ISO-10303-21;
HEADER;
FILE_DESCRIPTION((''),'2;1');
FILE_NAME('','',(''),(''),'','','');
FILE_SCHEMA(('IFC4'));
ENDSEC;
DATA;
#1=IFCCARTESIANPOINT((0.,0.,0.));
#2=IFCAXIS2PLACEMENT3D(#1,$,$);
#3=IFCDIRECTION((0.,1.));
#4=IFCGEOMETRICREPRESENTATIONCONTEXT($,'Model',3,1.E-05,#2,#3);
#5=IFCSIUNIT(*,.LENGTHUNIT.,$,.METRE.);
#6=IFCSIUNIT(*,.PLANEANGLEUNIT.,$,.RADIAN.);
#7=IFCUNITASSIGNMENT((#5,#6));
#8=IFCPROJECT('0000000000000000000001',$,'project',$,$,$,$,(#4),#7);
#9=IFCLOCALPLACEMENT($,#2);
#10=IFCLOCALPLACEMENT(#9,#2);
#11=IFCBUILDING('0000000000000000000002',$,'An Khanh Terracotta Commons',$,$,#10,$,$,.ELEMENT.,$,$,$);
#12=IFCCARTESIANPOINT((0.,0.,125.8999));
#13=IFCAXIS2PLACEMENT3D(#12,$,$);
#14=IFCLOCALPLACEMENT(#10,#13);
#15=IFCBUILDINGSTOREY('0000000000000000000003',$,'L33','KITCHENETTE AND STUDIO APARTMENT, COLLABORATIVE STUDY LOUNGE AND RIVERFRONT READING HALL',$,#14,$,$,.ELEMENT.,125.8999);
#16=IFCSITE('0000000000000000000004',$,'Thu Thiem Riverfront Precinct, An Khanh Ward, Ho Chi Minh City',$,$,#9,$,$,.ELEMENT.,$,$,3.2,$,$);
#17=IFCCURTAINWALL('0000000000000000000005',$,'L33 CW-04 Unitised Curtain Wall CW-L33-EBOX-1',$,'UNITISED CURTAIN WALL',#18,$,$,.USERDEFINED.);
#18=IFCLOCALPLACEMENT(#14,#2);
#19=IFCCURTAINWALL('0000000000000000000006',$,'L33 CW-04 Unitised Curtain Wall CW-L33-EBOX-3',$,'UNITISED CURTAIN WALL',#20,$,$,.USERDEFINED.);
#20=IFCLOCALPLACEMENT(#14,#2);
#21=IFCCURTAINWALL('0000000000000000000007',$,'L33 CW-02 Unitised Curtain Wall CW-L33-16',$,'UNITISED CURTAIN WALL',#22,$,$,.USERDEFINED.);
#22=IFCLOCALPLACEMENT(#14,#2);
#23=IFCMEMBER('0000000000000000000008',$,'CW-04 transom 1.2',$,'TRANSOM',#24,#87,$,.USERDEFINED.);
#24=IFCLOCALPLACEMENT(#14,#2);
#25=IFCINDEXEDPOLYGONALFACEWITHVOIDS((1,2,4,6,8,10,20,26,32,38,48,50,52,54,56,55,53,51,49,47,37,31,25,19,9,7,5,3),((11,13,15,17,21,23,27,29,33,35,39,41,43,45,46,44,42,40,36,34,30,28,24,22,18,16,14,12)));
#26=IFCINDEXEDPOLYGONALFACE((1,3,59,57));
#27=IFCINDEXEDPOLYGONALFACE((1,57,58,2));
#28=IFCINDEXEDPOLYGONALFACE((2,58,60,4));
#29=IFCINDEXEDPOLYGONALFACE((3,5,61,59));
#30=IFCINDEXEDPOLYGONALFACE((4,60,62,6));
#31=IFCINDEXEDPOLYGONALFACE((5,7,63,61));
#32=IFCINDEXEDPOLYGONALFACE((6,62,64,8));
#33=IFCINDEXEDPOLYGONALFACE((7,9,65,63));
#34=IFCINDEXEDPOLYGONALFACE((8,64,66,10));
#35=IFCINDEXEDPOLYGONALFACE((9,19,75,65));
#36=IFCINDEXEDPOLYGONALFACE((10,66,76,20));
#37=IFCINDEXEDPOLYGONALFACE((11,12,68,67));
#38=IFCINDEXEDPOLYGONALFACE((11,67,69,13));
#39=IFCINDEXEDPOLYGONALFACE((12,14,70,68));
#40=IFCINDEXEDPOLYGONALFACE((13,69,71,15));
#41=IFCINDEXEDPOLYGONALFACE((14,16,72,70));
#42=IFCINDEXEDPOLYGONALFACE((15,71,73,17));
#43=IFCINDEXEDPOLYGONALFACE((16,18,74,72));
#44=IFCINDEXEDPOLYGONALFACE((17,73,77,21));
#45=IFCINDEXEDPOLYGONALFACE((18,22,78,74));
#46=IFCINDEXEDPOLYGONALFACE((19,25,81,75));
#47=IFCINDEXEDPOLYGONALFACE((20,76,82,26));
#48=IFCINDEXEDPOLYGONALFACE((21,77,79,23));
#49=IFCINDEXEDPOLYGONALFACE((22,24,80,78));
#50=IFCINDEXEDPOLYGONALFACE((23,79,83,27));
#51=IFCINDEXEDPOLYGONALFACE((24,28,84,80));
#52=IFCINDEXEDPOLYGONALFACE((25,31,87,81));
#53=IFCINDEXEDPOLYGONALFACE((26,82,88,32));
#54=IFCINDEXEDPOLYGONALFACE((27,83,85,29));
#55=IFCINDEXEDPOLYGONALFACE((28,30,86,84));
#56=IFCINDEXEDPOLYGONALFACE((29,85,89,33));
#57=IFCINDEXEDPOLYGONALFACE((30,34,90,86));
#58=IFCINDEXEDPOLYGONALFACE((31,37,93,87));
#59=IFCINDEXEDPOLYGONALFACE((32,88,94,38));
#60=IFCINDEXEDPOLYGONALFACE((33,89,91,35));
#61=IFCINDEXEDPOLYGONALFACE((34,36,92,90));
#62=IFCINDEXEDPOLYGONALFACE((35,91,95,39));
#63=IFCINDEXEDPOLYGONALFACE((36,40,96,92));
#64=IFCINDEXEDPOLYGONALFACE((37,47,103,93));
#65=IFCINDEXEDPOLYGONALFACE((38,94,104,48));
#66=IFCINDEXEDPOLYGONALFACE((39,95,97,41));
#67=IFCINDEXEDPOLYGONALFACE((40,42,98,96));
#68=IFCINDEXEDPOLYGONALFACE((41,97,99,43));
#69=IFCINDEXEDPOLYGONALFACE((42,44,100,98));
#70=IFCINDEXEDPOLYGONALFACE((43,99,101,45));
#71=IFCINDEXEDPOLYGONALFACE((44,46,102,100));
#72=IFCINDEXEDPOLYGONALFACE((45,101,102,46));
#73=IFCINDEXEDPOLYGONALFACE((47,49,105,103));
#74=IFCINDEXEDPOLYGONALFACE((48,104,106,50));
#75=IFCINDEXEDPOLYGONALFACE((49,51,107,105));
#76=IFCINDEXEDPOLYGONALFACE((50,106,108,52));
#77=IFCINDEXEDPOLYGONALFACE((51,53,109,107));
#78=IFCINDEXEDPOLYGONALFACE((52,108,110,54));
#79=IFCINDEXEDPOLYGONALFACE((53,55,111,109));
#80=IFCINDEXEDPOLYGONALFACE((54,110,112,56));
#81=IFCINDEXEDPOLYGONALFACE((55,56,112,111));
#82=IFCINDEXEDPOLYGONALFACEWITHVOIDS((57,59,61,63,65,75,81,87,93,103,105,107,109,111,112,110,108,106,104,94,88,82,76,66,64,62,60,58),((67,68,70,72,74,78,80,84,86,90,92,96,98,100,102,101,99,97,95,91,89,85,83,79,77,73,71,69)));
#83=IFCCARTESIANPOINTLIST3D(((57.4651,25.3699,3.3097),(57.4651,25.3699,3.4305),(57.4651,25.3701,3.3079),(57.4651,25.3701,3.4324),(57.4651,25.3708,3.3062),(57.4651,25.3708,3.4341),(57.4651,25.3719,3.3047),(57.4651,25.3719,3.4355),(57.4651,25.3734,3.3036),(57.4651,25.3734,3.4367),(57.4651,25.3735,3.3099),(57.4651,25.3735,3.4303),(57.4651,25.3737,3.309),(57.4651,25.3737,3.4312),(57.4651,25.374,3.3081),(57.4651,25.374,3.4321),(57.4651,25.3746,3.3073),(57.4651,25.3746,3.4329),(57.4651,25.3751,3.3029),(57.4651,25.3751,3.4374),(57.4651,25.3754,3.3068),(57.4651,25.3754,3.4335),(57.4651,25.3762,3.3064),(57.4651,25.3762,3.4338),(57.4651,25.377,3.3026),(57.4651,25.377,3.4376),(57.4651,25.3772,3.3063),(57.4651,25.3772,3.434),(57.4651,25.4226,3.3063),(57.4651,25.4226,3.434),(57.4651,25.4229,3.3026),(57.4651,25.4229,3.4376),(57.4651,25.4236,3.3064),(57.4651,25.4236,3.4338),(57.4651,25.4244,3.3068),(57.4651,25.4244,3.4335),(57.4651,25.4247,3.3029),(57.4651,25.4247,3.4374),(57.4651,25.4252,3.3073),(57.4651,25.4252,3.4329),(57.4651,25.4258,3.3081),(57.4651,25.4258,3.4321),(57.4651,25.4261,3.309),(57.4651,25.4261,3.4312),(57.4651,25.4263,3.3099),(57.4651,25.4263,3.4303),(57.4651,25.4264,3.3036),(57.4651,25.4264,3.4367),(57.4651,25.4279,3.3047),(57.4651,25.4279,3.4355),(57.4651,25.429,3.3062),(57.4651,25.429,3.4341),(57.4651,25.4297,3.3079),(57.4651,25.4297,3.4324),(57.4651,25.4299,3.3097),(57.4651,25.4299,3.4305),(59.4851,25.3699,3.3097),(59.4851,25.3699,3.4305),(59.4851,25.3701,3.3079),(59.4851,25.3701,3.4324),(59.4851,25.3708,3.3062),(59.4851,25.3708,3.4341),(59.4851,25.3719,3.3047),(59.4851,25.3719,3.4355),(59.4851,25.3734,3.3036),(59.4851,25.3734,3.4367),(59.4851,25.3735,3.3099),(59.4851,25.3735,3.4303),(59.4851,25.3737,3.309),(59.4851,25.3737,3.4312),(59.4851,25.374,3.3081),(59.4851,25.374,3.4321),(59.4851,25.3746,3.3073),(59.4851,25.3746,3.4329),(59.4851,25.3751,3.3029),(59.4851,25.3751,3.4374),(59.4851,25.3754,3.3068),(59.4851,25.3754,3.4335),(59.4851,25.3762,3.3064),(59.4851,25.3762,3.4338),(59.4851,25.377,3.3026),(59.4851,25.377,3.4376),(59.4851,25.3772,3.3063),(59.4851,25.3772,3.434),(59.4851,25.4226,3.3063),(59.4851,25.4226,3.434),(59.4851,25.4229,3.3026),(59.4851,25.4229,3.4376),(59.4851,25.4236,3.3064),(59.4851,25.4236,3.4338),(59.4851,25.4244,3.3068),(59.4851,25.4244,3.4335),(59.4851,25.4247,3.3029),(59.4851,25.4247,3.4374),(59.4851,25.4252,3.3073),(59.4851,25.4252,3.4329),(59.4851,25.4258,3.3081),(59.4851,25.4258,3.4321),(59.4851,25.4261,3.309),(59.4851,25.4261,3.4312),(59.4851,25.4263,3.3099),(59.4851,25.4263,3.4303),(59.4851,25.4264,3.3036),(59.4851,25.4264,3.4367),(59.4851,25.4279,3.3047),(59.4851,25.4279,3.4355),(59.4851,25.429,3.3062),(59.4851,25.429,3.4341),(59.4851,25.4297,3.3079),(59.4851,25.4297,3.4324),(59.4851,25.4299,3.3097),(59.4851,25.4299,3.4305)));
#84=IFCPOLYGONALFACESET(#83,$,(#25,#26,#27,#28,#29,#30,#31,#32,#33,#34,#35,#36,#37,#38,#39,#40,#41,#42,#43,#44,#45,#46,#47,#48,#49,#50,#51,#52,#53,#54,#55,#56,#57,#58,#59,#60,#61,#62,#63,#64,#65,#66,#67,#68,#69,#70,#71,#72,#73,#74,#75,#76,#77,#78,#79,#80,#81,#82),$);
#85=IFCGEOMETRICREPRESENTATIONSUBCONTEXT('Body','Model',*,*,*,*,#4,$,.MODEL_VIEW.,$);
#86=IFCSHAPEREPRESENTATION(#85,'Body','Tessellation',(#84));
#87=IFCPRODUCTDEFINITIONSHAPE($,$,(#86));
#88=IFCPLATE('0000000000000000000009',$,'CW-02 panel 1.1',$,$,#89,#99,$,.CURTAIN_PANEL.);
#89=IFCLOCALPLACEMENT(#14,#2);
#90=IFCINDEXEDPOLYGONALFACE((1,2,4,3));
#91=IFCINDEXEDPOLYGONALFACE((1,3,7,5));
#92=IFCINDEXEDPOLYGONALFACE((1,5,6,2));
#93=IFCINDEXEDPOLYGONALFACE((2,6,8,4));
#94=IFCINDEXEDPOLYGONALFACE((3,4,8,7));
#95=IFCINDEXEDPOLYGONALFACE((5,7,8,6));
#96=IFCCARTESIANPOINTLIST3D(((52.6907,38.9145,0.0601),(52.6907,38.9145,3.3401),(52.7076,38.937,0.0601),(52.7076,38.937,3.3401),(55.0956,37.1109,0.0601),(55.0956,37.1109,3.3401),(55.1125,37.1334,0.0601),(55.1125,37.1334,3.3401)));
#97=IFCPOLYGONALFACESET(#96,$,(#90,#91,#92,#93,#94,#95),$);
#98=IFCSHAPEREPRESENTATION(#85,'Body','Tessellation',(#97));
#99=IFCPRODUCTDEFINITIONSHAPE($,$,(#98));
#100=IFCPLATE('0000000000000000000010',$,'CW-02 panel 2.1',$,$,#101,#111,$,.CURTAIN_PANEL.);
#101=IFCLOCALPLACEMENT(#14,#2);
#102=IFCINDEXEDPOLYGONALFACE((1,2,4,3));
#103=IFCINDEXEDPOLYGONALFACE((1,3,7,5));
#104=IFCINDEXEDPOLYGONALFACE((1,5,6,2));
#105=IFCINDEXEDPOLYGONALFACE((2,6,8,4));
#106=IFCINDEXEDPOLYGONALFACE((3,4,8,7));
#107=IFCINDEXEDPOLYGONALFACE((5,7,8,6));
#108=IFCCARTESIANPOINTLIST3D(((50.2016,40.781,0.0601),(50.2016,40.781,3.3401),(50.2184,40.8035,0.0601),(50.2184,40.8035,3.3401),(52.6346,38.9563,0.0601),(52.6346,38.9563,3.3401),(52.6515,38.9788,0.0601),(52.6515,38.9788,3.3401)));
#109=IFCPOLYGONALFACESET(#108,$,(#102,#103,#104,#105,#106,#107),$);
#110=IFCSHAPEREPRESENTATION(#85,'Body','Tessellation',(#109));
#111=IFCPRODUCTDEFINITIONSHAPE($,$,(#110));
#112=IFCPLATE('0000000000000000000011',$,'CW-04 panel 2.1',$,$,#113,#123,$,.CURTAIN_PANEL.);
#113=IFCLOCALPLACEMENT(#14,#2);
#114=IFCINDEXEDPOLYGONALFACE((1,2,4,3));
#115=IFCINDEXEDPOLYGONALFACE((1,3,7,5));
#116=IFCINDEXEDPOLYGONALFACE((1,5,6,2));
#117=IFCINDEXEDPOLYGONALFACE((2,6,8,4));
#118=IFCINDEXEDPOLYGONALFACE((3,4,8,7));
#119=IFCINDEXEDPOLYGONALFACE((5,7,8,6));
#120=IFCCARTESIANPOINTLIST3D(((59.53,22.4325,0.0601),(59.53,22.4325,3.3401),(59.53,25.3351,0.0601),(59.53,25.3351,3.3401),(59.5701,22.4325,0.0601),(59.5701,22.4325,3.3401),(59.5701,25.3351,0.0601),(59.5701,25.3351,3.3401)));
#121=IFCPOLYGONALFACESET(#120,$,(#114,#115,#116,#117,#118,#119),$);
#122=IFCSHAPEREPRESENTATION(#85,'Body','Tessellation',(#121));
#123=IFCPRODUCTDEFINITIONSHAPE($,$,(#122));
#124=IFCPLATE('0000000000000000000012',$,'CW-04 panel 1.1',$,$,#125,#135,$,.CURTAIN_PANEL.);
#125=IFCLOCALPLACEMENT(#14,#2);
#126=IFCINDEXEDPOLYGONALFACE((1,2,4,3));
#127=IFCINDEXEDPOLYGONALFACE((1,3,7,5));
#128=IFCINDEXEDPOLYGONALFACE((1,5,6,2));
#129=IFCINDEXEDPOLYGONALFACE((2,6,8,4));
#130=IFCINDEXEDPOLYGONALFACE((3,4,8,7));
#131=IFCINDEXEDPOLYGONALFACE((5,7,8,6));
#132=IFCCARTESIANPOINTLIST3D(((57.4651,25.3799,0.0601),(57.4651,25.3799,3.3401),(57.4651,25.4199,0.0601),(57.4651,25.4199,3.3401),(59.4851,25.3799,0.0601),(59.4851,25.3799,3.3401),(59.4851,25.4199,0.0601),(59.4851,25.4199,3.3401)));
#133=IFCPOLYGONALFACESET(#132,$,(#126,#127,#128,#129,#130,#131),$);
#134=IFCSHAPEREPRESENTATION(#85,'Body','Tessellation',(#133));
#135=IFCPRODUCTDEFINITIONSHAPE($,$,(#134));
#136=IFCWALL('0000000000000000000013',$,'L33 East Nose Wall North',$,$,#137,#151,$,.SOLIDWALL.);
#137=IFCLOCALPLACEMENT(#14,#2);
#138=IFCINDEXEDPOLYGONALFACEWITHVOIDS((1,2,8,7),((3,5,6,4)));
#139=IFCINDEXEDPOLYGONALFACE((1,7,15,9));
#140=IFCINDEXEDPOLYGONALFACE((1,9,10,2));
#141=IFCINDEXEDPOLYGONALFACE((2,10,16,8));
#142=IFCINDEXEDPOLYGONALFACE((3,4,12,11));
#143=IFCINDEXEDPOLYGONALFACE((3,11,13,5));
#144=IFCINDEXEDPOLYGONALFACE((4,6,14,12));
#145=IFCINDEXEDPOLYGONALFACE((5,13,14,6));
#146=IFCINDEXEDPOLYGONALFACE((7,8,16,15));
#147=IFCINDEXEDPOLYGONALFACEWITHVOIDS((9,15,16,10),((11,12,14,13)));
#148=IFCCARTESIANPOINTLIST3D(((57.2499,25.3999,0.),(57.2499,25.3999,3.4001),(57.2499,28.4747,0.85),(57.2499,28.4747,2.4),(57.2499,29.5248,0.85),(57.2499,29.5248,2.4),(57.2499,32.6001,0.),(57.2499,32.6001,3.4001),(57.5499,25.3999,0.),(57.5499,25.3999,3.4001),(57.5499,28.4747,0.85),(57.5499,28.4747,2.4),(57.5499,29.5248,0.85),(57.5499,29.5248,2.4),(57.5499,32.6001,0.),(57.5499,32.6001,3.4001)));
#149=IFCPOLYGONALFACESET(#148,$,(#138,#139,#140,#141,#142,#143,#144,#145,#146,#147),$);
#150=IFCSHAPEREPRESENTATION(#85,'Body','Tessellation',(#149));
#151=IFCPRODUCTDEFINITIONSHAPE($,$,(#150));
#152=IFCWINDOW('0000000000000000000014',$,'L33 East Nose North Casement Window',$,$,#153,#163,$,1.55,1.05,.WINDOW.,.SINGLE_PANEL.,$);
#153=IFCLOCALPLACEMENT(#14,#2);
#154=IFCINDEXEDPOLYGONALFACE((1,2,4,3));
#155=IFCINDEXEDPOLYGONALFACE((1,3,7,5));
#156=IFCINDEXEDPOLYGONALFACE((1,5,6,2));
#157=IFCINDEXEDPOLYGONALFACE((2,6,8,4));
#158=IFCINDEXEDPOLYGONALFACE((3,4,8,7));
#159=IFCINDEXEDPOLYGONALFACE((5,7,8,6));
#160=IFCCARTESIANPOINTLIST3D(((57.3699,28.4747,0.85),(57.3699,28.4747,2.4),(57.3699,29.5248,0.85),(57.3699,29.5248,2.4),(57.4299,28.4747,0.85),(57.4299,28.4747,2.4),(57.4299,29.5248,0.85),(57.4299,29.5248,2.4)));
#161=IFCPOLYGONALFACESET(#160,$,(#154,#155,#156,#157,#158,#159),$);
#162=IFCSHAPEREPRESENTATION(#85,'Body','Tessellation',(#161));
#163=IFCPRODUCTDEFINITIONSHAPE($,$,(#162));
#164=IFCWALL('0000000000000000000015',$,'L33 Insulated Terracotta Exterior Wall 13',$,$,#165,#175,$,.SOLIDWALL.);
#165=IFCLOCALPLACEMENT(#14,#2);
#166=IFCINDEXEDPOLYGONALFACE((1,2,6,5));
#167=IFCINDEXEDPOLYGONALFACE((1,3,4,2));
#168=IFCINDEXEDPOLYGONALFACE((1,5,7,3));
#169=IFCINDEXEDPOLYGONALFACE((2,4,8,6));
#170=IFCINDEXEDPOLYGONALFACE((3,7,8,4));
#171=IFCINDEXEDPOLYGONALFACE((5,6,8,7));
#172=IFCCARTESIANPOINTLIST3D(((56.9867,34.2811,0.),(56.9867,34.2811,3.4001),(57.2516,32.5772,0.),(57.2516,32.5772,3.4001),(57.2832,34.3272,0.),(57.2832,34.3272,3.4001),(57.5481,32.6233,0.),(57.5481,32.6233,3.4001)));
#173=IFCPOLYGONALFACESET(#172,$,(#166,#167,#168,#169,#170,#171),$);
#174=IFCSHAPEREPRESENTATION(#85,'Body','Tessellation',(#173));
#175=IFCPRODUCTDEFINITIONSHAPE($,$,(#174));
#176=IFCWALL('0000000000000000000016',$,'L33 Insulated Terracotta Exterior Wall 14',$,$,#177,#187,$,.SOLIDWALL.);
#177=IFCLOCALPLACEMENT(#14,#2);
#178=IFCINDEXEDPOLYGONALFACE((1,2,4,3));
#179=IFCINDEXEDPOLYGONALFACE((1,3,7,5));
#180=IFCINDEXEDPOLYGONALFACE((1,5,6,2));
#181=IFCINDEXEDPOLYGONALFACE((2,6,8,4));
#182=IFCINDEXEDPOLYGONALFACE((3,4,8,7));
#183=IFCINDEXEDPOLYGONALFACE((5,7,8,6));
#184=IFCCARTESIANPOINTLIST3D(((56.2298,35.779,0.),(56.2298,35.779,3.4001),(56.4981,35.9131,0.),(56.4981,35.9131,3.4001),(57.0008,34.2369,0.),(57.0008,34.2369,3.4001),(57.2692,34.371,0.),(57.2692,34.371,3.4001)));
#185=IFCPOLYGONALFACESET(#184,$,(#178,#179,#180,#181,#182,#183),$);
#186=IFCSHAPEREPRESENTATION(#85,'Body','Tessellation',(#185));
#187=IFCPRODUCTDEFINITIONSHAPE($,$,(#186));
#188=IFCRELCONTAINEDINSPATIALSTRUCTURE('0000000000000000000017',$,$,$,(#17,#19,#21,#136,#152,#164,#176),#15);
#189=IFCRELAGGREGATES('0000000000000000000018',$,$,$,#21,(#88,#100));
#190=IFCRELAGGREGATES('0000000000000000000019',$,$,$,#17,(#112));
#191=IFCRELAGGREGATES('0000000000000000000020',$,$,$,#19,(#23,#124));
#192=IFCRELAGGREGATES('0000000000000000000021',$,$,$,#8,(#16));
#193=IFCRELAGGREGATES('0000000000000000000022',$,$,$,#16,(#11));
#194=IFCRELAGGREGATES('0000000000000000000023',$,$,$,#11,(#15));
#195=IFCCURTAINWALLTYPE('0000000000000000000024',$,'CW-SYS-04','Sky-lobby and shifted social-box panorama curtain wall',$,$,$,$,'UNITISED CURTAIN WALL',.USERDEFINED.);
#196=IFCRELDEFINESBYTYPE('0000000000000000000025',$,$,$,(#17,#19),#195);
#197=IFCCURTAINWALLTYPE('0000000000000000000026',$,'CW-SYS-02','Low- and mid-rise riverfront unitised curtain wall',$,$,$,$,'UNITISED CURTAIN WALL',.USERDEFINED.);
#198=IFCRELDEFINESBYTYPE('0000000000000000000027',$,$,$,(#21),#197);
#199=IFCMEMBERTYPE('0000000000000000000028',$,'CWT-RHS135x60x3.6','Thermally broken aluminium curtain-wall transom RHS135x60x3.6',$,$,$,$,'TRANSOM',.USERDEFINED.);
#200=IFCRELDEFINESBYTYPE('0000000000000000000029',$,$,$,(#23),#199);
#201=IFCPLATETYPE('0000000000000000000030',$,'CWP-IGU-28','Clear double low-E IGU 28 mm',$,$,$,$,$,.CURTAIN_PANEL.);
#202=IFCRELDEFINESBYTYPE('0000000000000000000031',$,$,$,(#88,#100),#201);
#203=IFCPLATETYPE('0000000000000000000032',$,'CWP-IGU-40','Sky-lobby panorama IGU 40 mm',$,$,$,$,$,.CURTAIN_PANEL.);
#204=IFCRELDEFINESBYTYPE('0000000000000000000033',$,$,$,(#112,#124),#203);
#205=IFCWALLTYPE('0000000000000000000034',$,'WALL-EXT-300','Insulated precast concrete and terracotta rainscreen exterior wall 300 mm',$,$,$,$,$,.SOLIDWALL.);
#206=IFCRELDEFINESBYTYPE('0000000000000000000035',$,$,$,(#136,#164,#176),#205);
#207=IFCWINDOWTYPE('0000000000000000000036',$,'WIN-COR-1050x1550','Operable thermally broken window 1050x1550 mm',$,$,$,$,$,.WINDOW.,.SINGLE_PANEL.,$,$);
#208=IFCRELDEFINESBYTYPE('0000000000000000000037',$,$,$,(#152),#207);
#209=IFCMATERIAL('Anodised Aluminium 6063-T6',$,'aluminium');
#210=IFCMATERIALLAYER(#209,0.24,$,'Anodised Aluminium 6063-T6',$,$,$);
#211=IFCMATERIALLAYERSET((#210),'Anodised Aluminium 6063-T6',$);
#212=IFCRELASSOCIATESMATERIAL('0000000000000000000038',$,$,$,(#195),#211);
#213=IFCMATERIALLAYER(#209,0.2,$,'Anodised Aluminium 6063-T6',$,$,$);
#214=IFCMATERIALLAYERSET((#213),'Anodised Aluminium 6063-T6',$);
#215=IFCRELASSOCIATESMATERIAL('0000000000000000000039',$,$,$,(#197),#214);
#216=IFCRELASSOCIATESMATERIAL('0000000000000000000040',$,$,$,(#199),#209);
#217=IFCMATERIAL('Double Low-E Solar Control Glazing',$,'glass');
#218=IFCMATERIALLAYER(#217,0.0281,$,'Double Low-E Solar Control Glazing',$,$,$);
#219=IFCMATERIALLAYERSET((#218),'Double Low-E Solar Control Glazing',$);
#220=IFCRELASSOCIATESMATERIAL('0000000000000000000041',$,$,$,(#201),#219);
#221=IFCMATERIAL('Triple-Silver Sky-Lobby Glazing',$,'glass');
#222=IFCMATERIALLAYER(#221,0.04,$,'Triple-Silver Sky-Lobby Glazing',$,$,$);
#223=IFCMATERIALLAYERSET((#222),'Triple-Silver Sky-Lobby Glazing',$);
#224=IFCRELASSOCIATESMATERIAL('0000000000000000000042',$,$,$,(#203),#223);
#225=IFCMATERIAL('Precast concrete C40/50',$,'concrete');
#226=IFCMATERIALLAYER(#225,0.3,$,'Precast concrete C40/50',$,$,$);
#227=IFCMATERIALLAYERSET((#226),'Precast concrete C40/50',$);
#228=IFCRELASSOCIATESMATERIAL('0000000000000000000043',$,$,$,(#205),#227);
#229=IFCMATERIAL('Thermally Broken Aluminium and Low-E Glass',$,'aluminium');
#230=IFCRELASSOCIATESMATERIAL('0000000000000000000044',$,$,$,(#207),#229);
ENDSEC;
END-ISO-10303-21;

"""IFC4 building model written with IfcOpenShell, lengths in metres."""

from ifc_helpers import new_model, si_unit, direction, frame, frame_2d, origin, origin_2d, place, context, subcontext, project, spatial, rectangle, hollow_rectangle, extrude, material, layer, layer_set, material_profile, profile_set, type_object, element, fill, aggregate, save


model = new_model("IFC4")

# Units and contexts
model_context = context("Model", 3, precision=1e-05, world=origin(), true_north=direction((0.0, 1.0)))
body_context = subcontext(model_context, "Body", "Model", "MODEL_VIEW")
ifc_project = project(units=[si_unit("LENGTHUNIT", "METRE"), si_unit("PLANEANGLEUNIT", "RADIAN")], contexts=[model_context])

# Site, building, storey
site_placement = place(None, origin())
site = spatial("IfcSite", under=ifc_project, at=site_placement, Name="Thu Thiem Riverfront Precinct, An Khanh Ward, Ho Chi Minh City", CompositionType="ELEMENT", RefElevation=3.2)
building_placement = place(site_placement, origin())
building = spatial("IfcBuilding", under=site, at=building_placement, Name="An Khanh Terracotta Commons", CompositionType="ELEMENT")
storey_placement = place(building_placement, frame((0.0, 0.0, 125.8999)))
storey = spatial("IfcBuildingStorey", under=building, at=storey_placement, Name="L33", Description="KITCHENETTE AND STUDIO APARTMENT, COLLABORATIVE STUDY LOUNGE AND RIVERFRONT READING HALL", CompositionType="ELEMENT", Elevation=125.8999)

# Curtain wall
ifc_material_1 = material(Name="Anodised Aluminium 6063-T6", Category="aluminium")
ifc_layer_1 = layer(ifc_material_1, 0.24, Name="Anodised Aluminium 6063-T6")
ifc_layer_set_1 = layer_set([ifc_layer_1], Name="Anodised Aluminium 6063-T6")
curtain_wall_type_1 = type_object("IfcCurtainWallType", Name="CW-SYS-04", Description="Sky-lobby and shifted social-box panorama curtain wall", ElementType="UNITISED CURTAIN WALL", PredefinedType="USERDEFINED", material=ifc_layer_set_1)
curtain_wall_1_placement = place(storey_placement, origin())
curtain_wall_1 = element("IfcCurtainWall", 1, at=curtain_wall_1_placement, inside=storey, type_object=curtain_wall_type_1, Name="L33 CW-04 Unitised Curtain Wall CW-L33-EBOX-1", ObjectType="UNITISED CURTAIN WALL", PredefinedType="USERDEFINED")

# Curtain walls
curtain_wall_2_placement = place(storey_placement, origin())
curtain_wall_2 = element("IfcCurtainWall", 2, at=curtain_wall_2_placement, inside=storey, type_object=curtain_wall_type_1, Name="L33 CW-04 Unitised Curtain Wall CW-L33-EBOX-3", ObjectType="UNITISED CURTAIN WALL", PredefinedType="USERDEFINED")
ifc_layer_2 = layer(ifc_material_1, 0.2, Name="Anodised Aluminium 6063-T6")
ifc_layer_set_2 = layer_set([ifc_layer_2], Name="Anodised Aluminium 6063-T6")
curtain_wall_type_2 = type_object("IfcCurtainWallType", Name="CW-SYS-02", Description="Low- and mid-rise riverfront unitised curtain wall", ElementType="UNITISED CURTAIN WALL", PredefinedType="USERDEFINED", material=ifc_layer_set_2)
curtain_wall_3_placement = place(storey_placement, origin())
curtain_wall_3 = element("IfcCurtainWall", 3, at=curtain_wall_3_placement, inside=storey, type_object=curtain_wall_type_2, Name="L33 CW-02 Unitised Curtain Wall CW-L33-16", ObjectType="UNITISED CURTAIN WALL", PredefinedType="USERDEFINED")

# Member
ifc_material_profile_1 = material_profile(ifc_material_1, hollow_rectangle(XDim=0.0601, YDim=0.135, WallThickness=0.0037, InnerFilletRadius=0.0037, OuterFilletRadius=0.0071, at=origin_2d()), Name="RHS135x60x3.6")
ifc_profile_set_1 = profile_set([ifc_material_profile_1], Name="Anodised Aluminium 6063-T6")
member_type_1 = type_object("IfcMemberType", Name="CWT-RHS135x60x3.6", Description="Thermally broken aluminium curtain-wall transom RHS135x60x3.6", ElementType="TRANSOM", PredefinedType="USERDEFINED", material=ifc_profile_set_1)
member_1_placement = place(storey_placement, frame((59.4851, 25.3999, 3.3701), z_axis=(-1.0, 0.0, 0.0), x_axis=(0.0, -1.0, 0.0)))
member_1 = element("IfcMember", 4, at=member_1_placement, type_object=member_type_1, Name="CW-04 transom 1.2", ObjectType="TRANSOM", PredefinedType="USERDEFINED", context=body_context, shape_type="SweptSolid", body=[
    extrude(hollow_rectangle(XDim=0.0601, YDim=0.135, WallThickness=0.0037, InnerFilletRadius=0.0037, OuterFilletRadius=0.0071, at=origin_2d()), origin(), (0.0, 0.0, 1.0), 2.02),
])

# Plates
ifc_material_2 = material(Name="Double Low-E Solar Control Glazing", Category="glass")
ifc_layer_3 = layer(ifc_material_2, 0.0281, Name="Double Low-E Solar Control Glazing")
ifc_layer_set_3 = layer_set([ifc_layer_3], Name="Double Low-E Solar Control Glazing")
plate_type_1 = type_object("IfcPlateType", Name="CWP-IGU-28", Description="Clear double low-E IGU 28 mm", PredefinedType="CURTAIN_PANEL", material=ifc_layer_set_3)
plate_1_placement = place(storey_placement, frame((53.9016, 38.0239, 0.0601), z_axis=(0.0, 0.0, 1.0), x_axis=(-0.800013, 0.599983, 0.0)))
plate_1 = element("IfcPlate", 5, at=plate_1_placement, type_object=plate_type_1, Name="CW-02 panel 1.1", PredefinedType="CURTAIN_PANEL", context=body_context, shape_type="SweptSolid", body=[
    extrude(rectangle(XDim=3.0061, YDim=0.0281, at=origin_2d()), origin(), (0.0, 0.0, 1.0), 3.28),
])
plate_2_placement = place(storey_placement, frame((51.4265, 39.8799, 0.0601), z_axis=(0.0, 0.0, 1.0), x_axis=(-0.800013, 0.599983, 0.0)))
plate_2 = element("IfcPlate", 6, at=plate_2_placement, type_object=plate_type_1, Name="CW-02 panel 2.1", PredefinedType="CURTAIN_PANEL", context=body_context, shape_type="SweptSolid", body=[
    extrude(rectangle(XDim=3.0413, YDim=0.0281, at=origin_2d()), origin(), (0.0, 0.0, 1.0), 3.28),
])
aggregate(curtain_wall_3, [plate_1, plate_2])
ifc_material_3 = material(Name="Triple-Silver Sky-Lobby Glazing", Category="glass")
ifc_layer_4 = layer(ifc_material_3, 0.04, Name="Triple-Silver Sky-Lobby Glazing")
ifc_layer_set_4 = layer_set([ifc_layer_4], Name="Triple-Silver Sky-Lobby Glazing")
plate_type_2 = type_object("IfcPlateType", Name="CWP-IGU-40", Description="Sky-lobby panorama IGU 40 mm", PredefinedType="CURTAIN_PANEL", material=ifc_layer_set_4)
plate_3_placement = place(storey_placement, frame((59.55, 23.8838, 0.0601), z_axis=(0.0, 0.0, 1.0), x_axis=(0.0, 1.0, 0.0)))
plate_3 = element("IfcPlate", 7, at=plate_3_placement, type_object=plate_type_2, Name="CW-04 panel 2.1", PredefinedType="CURTAIN_PANEL", context=body_context, shape_type="SweptSolid", body=[
    extrude(rectangle(XDim=2.9026, YDim=0.04, at=origin_2d()), origin(), (0.0, 0.0, 1.0), 3.28),
])
aggregate(curtain_wall_1, [plate_3])
plate_4_placement = place(storey_placement, frame((58.4751, 25.3999, 0.0601), z_axis=(0.0, 0.0, 1.0), x_axis=(-1.0, 0.0, 0.0)))
plate_4 = element("IfcPlate", 8, at=plate_4_placement, type_object=plate_type_2, Name="CW-04 panel 1.1", PredefinedType="CURTAIN_PANEL", context=body_context, shape_type="SweptSolid", body=[
    extrude(rectangle(XDim=2.02, YDim=0.04, at=origin_2d()), origin(), (0.0, 0.0, 1.0), 3.28),
])
aggregate(curtain_wall_2, [member_1, plate_4])

# Wall, opening, window
ifc_material_4 = material(Name="Precast concrete C40/50", Category="concrete")
ifc_layer_5 = layer(ifc_material_4, 0.3, Name="Precast concrete C40/50")
ifc_layer_set_5 = layer_set([ifc_layer_5], Name="Precast concrete C40/50")
wall_type = type_object("IfcWallType", Name="WALL-EXT-300", Description="Insulated precast concrete and terracotta rainscreen exterior wall 300 mm", PredefinedType="SOLIDWALL", material=ifc_layer_set_5)
wall_1_placement = place(storey_placement, frame((57.3999, 25.3999, 0.0), z_axis=(0.0, 0.0, 1.0), x_axis=(0.0, 1.0, 0.0)))
wall_1 = element("IfcWall", 9, at=wall_1_placement, inside=storey, type_object=wall_type, Name="L33 East Nose Wall North", PredefinedType="SOLIDWALL", context=body_context, shape_type="SweptSolid", body=[
    extrude(rectangle(XDim=7.2002, YDim=0.3, at=frame_2d((3.6001, 0.0))), origin(), (0.0, 0.0, 1.0), 3.4001),
])
opening_placement = place(wall_1_placement, frame((3.075, 0.0, 0.8501)))
opening = element("IfcOpeningElement", 10, at=opening_placement, cuts=wall_1, PredefinedType="OPENING", context=body_context, shape_type="SweptSolid", body=[
    extrude(rectangle(XDim=1.05, YDim=1.55, at=frame_2d((0.5249, 0.7749))), frame((0.0, 0.1599, 0.0), z_axis=(0.0, -1.0, 0.0), x_axis=(1.0, 0.0, 0.0)), (0.0, 0.0, 1.0), 0.3201),
])
ifc_material_5 = material(Name="Thermally Broken Aluminium and Low-E Glass", Category="aluminium")
window_type = type_object("IfcWindowType", Name="WIN-COR-1050x1550", Description="Operable thermally broken window 1050x1550 mm", PartitioningType="SINGLE_PANEL", PredefinedType="WINDOW", material=ifc_material_5)
window_placement = place(opening_placement, origin())
window = element("IfcWindow", 11, at=window_placement, inside=storey, type_object=window_type, Name="L33 East Nose North Casement Window", OverallHeight=1.55, OverallWidth=1.05, PartitioningType="SINGLE_PANEL", PredefinedType="WINDOW", context=body_context, shape_type="SweptSolid", body=[
    extrude(rectangle(XDim=1.05, YDim=1.55, at=frame_2d((0.5249, 0.7749))), frame((0.0, 0.03, 0.0), z_axis=(0.0, -1.0, 0.0), x_axis=(1.0, 0.0, 0.0)), (0.0, 0.0, 1.0), 0.0601),
])
fill(opening, window)

# Walls
wall_2_placement = place(storey_placement, frame((57.3999, 32.6001, 0.0), z_axis=(0.0, 0.0, 1.0), x_axis=(-0.153621, 0.98813, 0.0)))
element("IfcWall", 12, at=wall_2_placement, inside=storey, type_object=wall_type, Name="L33 Insulated Terracotta Exterior Wall 13", PredefinedType="SOLIDWALL", context=body_context, shape_type="SweptSolid", body=[
    extrude(rectangle(XDim=1.7244, YDim=0.3, at=frame_2d((0.8623, 0.0))), origin(), (0.0, 0.0, 1.0), 3.4001),
])
for number, where, z_axis, x_axis, name in (
    (13, (57.135, 34.304, 0.0), (0.0, 0.0, 1.0), (-0.447214, 0.894427, 0.0), "L33 Insulated Terracotta Exterior Wall 14"),
):
    element("IfcWall", number, at=place(storey_placement, frame(where, z_axis=z_axis, x_axis=x_axis)), inside=storey, type_object=wall_type, Name=name, PredefinedType="SOLIDWALL", context=body_context, shape_type="SweptSolid", body=[
        extrude(rectangle(XDim=1.7241, YDim=0.3, at=frame_2d((0.8621, 0.0))), origin(), (0.0, 0.0, 1.0), 3.4001),
    ])

save(model, "model.ifc")
